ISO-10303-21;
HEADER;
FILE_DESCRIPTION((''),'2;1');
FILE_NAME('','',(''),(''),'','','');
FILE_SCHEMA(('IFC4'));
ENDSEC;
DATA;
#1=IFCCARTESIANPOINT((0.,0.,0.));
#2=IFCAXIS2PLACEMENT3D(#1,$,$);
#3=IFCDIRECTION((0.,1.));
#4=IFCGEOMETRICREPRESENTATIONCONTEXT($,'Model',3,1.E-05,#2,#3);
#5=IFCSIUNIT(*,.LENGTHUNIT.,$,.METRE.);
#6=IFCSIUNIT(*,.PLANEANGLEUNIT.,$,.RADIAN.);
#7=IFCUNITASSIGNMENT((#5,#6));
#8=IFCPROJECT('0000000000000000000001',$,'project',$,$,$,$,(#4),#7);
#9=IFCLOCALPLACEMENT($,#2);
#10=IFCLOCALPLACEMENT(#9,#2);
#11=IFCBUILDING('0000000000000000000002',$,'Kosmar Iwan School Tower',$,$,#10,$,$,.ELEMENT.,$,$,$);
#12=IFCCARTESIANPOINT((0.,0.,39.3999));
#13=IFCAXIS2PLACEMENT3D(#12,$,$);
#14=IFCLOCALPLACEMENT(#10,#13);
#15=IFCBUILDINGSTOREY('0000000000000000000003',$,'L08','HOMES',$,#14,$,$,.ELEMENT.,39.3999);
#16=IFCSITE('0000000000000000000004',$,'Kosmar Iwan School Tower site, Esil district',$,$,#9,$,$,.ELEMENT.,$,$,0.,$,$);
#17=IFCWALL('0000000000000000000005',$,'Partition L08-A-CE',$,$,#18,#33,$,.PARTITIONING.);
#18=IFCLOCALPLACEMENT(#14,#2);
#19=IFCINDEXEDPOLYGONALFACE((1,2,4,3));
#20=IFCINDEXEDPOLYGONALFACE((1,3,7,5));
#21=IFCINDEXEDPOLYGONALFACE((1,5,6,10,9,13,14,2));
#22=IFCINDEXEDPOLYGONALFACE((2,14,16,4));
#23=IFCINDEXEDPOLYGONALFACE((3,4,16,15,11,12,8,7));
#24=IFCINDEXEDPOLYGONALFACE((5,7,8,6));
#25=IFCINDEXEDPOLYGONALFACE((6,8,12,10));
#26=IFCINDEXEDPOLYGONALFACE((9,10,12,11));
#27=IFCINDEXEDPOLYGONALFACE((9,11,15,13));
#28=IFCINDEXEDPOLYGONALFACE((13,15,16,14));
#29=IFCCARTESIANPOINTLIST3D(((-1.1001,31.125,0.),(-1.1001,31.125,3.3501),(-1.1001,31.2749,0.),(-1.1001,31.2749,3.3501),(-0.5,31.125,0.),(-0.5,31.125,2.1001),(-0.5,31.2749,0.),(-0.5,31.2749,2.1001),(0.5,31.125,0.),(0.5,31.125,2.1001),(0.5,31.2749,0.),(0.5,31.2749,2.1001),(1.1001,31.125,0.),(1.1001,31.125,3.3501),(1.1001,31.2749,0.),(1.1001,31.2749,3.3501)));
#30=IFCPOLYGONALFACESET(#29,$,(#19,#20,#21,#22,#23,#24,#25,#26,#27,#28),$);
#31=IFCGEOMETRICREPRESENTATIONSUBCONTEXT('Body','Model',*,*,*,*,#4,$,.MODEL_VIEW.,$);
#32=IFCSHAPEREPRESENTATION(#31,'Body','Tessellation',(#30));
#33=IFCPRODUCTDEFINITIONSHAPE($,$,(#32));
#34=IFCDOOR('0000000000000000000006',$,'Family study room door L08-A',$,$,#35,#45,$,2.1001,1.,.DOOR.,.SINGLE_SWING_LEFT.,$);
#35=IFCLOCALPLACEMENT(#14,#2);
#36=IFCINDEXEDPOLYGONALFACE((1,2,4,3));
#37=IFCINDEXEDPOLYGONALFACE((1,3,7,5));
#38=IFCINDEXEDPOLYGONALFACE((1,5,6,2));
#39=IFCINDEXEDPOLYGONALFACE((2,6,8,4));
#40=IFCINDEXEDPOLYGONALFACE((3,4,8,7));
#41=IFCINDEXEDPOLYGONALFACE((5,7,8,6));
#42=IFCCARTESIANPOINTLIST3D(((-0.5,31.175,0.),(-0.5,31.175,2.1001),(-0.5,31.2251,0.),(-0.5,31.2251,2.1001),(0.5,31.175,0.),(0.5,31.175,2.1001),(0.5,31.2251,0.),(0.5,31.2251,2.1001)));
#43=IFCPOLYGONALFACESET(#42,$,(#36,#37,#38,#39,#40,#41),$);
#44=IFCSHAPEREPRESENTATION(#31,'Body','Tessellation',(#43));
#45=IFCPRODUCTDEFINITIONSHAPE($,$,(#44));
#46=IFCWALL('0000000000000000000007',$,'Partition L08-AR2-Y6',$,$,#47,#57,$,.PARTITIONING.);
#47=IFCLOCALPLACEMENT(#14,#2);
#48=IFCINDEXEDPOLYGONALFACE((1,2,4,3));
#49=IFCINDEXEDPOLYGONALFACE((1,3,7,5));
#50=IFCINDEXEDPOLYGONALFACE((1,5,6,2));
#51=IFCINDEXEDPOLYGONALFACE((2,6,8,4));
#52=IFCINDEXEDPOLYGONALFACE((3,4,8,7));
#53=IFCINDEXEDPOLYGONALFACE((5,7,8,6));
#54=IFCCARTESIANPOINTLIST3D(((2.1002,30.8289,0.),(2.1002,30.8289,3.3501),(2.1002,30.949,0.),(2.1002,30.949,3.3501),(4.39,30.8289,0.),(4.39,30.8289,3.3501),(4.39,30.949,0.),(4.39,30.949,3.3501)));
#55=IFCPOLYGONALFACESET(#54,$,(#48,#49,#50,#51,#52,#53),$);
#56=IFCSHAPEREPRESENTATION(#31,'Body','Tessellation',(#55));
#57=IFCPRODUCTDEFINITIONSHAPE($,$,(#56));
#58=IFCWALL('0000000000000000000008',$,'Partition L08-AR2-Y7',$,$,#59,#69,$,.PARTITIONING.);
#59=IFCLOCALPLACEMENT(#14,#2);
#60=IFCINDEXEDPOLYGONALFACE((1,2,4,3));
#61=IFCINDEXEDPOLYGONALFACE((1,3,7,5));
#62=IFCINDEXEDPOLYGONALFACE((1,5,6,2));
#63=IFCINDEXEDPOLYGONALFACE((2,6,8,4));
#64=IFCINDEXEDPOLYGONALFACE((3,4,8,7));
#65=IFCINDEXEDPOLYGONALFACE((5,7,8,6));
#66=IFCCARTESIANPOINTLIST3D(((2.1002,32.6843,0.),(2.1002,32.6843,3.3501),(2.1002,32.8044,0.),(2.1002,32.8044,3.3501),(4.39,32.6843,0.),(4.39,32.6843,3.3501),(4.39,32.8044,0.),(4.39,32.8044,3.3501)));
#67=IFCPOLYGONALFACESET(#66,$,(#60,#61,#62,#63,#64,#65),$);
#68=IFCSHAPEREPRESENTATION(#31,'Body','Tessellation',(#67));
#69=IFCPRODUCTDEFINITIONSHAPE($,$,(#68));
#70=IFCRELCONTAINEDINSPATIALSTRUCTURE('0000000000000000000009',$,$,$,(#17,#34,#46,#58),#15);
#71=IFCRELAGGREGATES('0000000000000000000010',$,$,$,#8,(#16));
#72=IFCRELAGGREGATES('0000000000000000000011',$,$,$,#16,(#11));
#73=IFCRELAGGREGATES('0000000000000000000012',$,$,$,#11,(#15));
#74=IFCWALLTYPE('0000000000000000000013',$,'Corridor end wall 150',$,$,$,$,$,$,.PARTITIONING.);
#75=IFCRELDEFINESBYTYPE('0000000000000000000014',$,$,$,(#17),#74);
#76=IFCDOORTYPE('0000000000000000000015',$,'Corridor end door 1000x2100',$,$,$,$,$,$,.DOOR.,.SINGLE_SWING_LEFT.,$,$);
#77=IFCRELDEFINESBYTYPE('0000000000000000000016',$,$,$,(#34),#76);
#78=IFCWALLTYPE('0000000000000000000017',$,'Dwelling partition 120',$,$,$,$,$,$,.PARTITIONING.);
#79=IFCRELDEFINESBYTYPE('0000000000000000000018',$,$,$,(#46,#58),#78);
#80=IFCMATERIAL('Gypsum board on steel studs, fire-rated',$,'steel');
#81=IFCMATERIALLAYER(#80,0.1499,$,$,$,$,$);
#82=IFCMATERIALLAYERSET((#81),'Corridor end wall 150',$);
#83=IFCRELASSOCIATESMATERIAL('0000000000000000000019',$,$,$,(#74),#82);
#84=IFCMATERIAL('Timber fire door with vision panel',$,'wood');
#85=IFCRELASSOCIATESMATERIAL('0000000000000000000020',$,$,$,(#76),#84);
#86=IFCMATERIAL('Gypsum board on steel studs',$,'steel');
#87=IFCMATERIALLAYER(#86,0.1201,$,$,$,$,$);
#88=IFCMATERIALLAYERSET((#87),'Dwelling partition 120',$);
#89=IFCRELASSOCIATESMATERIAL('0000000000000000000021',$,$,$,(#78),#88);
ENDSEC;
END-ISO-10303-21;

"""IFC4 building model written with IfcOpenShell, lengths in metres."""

from ifc_helpers import new_model, si_unit, direction, frame, frame_2d, origin, place, context, subcontext, project, spatial, rectangle, extrude, material, layer, layer_set, type_object, element, fill, save


model = new_model("IFC4")

# Units and contexts
model_context = context("Model", 3, precision=1e-05, world=origin(), true_north=direction((0.0, 1.0)))
body_context = subcontext(model_context, "Body", "Model", "MODEL_VIEW")
ifc_project = project(units=[si_unit("LENGTHUNIT", "METRE"), si_unit("PLANEANGLEUNIT", "RADIAN")], contexts=[model_context])

# Site, building, storey
site_placement = place(None, origin())
site = spatial("IfcSite", under=ifc_project, at=site_placement, Name="Kosmar Iwan School Tower site, Esil district", CompositionType="ELEMENT", RefElevation=0.0)
building_placement = place(site_placement, origin())
building = spatial("IfcBuilding", under=site, at=building_placement, Name="Kosmar Iwan School Tower", CompositionType="ELEMENT")
storey_placement = place(building_placement, frame((0.0, 0.0, 39.3999)))
storey = spatial("IfcBuildingStorey", under=building, at=storey_placement, Name="L08", Description="HOMES", CompositionType="ELEMENT", Elevation=39.3999)

# Wall, opening, door
ifc_material_1 = material(Name="Gypsum board on steel studs, fire-rated", Category="steel")
ifc_layer_1 = layer(ifc_material_1, 0.1499)
ifc_layer_set_1 = layer_set([ifc_layer_1], Name="Corridor end wall 150")
wall_type_1 = type_object("IfcWallType", Name="Corridor end wall 150", PredefinedType="PARTITIONING", material=ifc_layer_set_1)
wall_placement = place(storey_placement, frame((1.1001, 31.2, 0.0), z_axis=(0.0, 0.0, 1.0), x_axis=(-1.0, 0.0, 0.0)))
wall = element("IfcWall", 1, at=wall_placement, inside=storey, type_object=wall_type_1, Name="Partition L08-A-CE", PredefinedType="PARTITIONING", context=body_context, shape_type="SweptSolid", body=[
    extrude(rectangle(XDim=2.2002, YDim=0.1499, at=frame_2d((1.1001, 0.0))), origin(), (0.0, 0.0, 1.0), 3.3501),
])
opening_placement = place(wall_placement, frame((0.6001, 0.0, 0.0)))
opening = element("IfcOpeningElement", 2, at=opening_placement, cuts=wall, PredefinedType="OPENING", context=body_context, shape_type="SweptSolid", body=[
    extrude(rectangle(XDim=1.0, YDim=2.1001, at=frame_2d((0.5, 1.05))), frame((0.0, 0.0869, 0.0), z_axis=(0.0, -1.0, 0.0), x_axis=(1.0, 0.0, 0.0)), (0.0, 0.0, 1.0), 0.1738),
])
ifc_material_2 = material(Name="Timber fire door with vision panel", Category="wood")
door_type = type_object("IfcDoorType", Name="Corridor end door 1000x2100", OperationType="SINGLE_SWING_LEFT", PredefinedType="DOOR", material=ifc_material_2)
door_placement = place(opening_placement, origin())
door = element("IfcDoor", 3, at=door_placement, inside=storey, type_object=door_type, Name="Family study room door L08-A", OperationType="SINGLE_SWING_LEFT", OverallHeight=2.1001, OverallWidth=1.0, PredefinedType="DOOR", context=body_context, shape_type="SweptSolid", body=[
    extrude(rectangle(XDim=1.0, YDim=2.1001, at=frame_2d((0.5, 1.05))), frame((0.0, 0.0249, 0.0), z_axis=(0.0, -1.0, 0.0), x_axis=(1.0, 0.0, 0.0)), (0.0, 0.0, 1.0), 0.05),
])
fill(opening, door)

# Walls
ifc_material_3 = material(Name="Gypsum board on steel studs", Category="steel")
ifc_layer_2 = layer(ifc_material_3, 0.1201)
ifc_layer_set_2 = layer_set([ifc_layer_2], Name="Dwelling partition 120")
wall_type_2 = type_object("IfcWallType", Name="Dwelling partition 120", PredefinedType="PARTITIONING", material=ifc_layer_set_2)
for number, where, z_axis, x_axis, name in (
    (4, (2.1001, 30.8889, 0.0), (0.0, 0.0, 1.0), (1.0, 0.0, 0.0), "Partition L08-AR2-Y6"),
    (5, (2.1001, 32.7444, 0.0), (0.0, 0.0, 1.0), (1.0, 0.0, 0.0), "Partition L08-AR2-Y7"),
):
    element("IfcWall", number, at=place(storey_placement, frame(where, z_axis=z_axis, x_axis=x_axis)), inside=storey, type_object=wall_type_2, Name=name, PredefinedType="PARTITIONING", context=body_context, shape_type="SweptSolid", body=[
        extrude(rectangle(XDim=2.2898, YDim=0.1201, at=frame_2d((1.145, 0.0))), origin(), (0.0, 0.0, 1.0), 3.3501),
    ])

save(model, "model.ifc")
